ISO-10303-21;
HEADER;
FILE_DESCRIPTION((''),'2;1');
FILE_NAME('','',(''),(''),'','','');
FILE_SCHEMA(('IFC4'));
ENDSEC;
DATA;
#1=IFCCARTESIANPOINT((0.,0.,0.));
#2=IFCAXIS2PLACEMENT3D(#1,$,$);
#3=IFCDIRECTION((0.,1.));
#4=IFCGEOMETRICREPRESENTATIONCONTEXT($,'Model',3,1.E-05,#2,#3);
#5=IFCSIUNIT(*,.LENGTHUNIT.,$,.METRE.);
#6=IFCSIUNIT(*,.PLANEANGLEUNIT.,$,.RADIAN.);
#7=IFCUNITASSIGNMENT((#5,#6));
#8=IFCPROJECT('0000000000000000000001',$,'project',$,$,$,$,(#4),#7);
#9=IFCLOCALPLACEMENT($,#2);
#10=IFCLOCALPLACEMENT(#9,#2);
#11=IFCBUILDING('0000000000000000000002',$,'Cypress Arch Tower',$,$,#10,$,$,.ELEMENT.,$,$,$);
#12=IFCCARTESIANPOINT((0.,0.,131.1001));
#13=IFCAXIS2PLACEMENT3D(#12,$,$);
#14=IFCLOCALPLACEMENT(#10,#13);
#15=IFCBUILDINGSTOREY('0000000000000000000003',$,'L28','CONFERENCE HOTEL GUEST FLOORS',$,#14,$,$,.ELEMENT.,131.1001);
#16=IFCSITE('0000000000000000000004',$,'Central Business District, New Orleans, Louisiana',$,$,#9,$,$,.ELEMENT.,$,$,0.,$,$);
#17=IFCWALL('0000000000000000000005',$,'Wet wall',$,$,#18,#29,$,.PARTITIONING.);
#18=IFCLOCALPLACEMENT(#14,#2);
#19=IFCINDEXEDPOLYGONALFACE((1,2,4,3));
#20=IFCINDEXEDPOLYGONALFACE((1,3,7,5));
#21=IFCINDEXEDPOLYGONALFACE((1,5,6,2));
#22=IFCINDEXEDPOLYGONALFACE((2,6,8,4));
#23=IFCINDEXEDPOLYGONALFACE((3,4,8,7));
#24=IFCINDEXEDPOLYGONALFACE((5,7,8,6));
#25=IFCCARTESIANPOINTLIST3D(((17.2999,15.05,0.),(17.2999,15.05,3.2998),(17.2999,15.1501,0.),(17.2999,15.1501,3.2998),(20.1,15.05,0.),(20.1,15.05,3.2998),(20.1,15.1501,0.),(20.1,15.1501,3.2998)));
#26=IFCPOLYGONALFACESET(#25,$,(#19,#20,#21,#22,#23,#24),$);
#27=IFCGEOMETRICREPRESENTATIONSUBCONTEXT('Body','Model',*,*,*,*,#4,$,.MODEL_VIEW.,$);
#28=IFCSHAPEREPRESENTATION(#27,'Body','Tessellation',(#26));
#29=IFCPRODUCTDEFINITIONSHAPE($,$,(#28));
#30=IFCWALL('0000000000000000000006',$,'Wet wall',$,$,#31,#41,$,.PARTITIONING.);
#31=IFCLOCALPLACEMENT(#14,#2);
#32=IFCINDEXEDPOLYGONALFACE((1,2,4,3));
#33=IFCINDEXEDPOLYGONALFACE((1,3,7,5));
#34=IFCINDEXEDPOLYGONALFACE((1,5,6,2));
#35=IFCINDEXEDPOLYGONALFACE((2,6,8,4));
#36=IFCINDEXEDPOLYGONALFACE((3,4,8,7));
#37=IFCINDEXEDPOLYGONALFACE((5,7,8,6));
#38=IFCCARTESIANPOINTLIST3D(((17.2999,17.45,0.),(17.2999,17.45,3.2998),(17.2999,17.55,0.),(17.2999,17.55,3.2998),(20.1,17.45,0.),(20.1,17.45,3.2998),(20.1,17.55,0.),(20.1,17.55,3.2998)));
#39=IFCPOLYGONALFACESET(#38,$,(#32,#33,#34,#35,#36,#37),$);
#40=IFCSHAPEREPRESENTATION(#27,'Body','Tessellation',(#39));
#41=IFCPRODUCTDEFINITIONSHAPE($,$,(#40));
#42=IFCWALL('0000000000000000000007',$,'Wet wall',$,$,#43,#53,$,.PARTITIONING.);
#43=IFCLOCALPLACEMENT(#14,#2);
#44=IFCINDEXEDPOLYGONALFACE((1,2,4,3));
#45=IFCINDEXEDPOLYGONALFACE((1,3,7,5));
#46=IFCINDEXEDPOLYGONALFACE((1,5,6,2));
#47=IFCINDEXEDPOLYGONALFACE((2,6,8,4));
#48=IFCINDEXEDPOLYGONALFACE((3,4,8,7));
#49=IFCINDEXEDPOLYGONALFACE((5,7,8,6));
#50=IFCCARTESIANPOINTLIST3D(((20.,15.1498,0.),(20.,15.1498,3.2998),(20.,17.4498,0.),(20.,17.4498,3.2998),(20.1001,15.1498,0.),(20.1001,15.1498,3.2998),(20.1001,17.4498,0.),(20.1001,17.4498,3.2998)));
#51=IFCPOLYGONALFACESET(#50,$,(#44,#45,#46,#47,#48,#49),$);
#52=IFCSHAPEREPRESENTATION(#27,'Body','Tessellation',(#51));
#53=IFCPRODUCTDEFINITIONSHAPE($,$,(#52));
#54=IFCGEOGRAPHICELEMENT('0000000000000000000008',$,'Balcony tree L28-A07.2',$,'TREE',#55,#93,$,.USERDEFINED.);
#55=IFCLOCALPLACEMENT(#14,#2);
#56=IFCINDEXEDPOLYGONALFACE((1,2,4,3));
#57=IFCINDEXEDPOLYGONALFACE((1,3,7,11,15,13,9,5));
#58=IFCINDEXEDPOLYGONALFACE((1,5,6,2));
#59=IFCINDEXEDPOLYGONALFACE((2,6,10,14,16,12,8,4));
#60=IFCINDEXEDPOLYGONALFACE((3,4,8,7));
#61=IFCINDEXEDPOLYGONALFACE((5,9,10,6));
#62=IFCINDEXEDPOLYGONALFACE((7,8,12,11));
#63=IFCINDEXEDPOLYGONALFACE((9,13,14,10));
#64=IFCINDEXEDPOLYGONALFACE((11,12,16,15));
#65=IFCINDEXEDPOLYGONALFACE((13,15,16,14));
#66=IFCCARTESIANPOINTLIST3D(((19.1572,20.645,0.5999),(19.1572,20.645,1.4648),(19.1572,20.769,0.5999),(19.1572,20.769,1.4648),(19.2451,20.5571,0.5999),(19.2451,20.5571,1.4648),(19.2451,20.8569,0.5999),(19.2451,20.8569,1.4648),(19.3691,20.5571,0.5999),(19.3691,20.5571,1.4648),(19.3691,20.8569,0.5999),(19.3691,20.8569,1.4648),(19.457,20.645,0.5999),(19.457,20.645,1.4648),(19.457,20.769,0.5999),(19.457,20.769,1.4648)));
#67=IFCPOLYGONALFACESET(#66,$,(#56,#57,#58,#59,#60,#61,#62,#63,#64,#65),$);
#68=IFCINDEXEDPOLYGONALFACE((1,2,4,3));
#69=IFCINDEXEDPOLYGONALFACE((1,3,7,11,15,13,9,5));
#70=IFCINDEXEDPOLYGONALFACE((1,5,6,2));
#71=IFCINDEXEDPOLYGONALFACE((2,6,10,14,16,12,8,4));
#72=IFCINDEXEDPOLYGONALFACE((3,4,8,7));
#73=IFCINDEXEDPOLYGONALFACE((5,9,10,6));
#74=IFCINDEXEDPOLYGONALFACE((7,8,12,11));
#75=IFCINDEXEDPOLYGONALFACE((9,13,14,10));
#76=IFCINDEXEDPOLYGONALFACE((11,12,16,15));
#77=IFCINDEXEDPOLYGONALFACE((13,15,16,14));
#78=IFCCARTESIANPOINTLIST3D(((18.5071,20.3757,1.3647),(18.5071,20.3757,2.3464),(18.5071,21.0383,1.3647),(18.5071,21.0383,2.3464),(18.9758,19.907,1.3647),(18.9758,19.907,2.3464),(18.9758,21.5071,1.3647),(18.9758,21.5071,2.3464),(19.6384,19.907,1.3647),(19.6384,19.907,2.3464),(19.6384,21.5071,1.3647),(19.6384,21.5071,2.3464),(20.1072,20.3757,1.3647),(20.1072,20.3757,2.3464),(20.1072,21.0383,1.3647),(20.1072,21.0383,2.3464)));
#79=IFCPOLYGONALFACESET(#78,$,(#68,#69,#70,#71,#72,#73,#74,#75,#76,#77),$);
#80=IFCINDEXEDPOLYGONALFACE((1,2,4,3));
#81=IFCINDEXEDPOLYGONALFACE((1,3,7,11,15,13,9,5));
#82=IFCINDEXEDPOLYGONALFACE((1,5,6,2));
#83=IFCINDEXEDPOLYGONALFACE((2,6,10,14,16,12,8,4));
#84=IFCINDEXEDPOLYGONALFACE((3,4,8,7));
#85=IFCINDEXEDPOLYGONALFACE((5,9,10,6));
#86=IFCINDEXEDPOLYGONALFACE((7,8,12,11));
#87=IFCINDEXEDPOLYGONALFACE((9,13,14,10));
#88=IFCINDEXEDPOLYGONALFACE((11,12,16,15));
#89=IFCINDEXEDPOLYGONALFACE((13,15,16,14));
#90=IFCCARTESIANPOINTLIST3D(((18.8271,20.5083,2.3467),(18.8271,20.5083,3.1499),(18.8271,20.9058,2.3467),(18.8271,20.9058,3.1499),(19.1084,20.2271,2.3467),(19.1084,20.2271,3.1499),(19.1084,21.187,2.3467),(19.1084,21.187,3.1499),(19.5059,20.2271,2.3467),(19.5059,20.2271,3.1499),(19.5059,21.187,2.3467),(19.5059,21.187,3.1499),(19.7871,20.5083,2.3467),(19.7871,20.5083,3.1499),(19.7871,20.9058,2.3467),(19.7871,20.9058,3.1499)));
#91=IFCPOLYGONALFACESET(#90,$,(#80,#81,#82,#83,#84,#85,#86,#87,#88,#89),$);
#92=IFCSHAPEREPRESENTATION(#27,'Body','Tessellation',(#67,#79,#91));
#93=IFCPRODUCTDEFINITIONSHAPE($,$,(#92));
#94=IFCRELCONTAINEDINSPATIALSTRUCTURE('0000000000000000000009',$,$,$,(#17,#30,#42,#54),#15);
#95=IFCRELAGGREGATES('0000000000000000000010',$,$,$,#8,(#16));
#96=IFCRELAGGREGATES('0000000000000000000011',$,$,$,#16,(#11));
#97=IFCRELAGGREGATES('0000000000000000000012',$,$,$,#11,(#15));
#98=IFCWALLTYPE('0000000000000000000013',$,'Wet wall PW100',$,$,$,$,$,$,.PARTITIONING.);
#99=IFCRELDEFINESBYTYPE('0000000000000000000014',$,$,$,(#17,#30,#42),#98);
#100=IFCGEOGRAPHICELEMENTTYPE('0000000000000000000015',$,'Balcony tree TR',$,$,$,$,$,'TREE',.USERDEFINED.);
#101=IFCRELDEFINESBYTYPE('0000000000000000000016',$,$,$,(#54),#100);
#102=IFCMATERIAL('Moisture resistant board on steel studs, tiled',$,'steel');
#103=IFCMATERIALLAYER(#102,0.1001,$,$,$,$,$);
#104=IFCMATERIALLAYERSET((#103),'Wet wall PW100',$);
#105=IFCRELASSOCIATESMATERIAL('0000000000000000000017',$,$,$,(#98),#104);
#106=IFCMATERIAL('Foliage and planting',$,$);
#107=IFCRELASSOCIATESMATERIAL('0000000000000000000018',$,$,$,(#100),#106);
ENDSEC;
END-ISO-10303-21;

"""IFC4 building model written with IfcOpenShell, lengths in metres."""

from ifc_helpers import new_model, si_unit, direction, frame, frame_2d, origin, place, context, subcontext, project, spatial, polyline, rectangle, outline, extrude, material, layer, layer_set, type_object, element, save


model = new_model("IFC4")

# Units and contexts
model_context = context("Model", 3, precision=1e-05, world=origin(), true_north=direction((0.0, 1.0)))
body_context = subcontext(model_context, "Body", "Model", "MODEL_VIEW")
ifc_project = project(units=[si_unit("LENGTHUNIT", "METRE"), si_unit("PLANEANGLEUNIT", "RADIAN")], contexts=[model_context])

# Site, building, storey
site_placement = place(None, origin())
site = spatial("IfcSite", under=ifc_project, at=site_placement, Name="Central Business District, New Orleans, Louisiana", CompositionType="ELEMENT", RefElevation=0.0)
building_placement = place(site_placement, origin())
building = spatial("IfcBuilding", under=site, at=building_placement, Name="Cypress Arch Tower", CompositionType="ELEMENT")
storey_placement = place(building_placement, frame((0.0, 0.0, 131.1001)))
storey = spatial("IfcBuildingStorey", under=building, at=storey_placement, Name="L28", Description="CONFERENCE HOTEL GUEST FLOORS", CompositionType="ELEMENT", Elevation=131.1001)

# Shared definitions
ifc_material_1 = material(Name="Moisture resistant board on steel studs, tiled", Category="steel")
ifc_layer_1 = layer(ifc_material_1, 0.1001)
ifc_layer_set_1 = layer_set([ifc_layer_1], Name="Wet wall PW100")
wall_type_1 = type_object("IfcWallType", Name="Wet wall PW100", PredefinedType="PARTITIONING", material=ifc_layer_set_1)

# Walls
for number, where, z_axis, x_axis, name in (
    (1, (17.3, 15.1001, 0.0), (0.0, 0.0, 1.0), (1.0, 0.0, 0.0), "Wet wall"),
    (2, (17.3, 17.5, 0.0), (0.0, 0.0, 1.0), (1.0, 0.0, 0.0), "Wet wall"),
):
    element("IfcWall", number, at=place(storey_placement, frame(where, z_axis=z_axis, x_axis=x_axis)), inside=storey, type_object=wall_type_1, Name=name, PredefinedType="PARTITIONING", context=body_context, shape_type="SweptSolid", body=[
        extrude(rectangle(XDim=2.8, YDim=0.1001, at=frame_2d((1.3999, 0.0))), origin(), (0.0, 0.0, 1.0), 3.2998),
    ])
wall_1_placement = place(storey_placement, frame((20.05, 15.1499, 0.0), z_axis=(0.0, 0.0, 1.0), x_axis=(0.0, 1.0, 0.0)))
element("IfcWall", 3, at=wall_1_placement, inside=storey, type_object=wall_type_1, Name="Wet wall", PredefinedType="PARTITIONING", context=body_context, shape_type="SweptSolid", body=[
    extrude(rectangle(XDim=2.3, YDim=0.1001, at=frame_2d((1.1499, 0.0))), origin(), (0.0, 0.0, 1.0), 3.2998),
])

# Geographic element
ifc_material_2 = material(Name="Foliage and planting")
geographic_element_type = type_object("IfcGeographicElementType", Name="Balcony tree TR", ElementType="TREE", PredefinedType="USERDEFINED", material=ifc_material_2)
geographic_element_placement = place(storey_placement, frame((19.3071, 20.707, 0.5999), z_axis=(0.0, 0.0, 1.0), x_axis=(1.0, 0.0, 0.0)))
element("IfcGeographicElement", 4, at=geographic_element_placement, inside=storey, type_object=geographic_element_type, Name="Balcony tree L28-A07.2", ObjectType="TREE", PredefinedType="USERDEFINED", context=body_context, shape_type="SweptSolid", body=[
    extrude(outline(polyline([(0.1499, 0.062), (0.062, 0.1499), (-0.062, 0.1499), (-0.1499, 0.062), (-0.1499, -0.062), (-0.062, -0.1499), (0.062, -0.1499), (0.1499, -0.062), (0.1499, 0.062)])), origin(), (0.0, 0.0, 1.0), 0.865),
    extrude(outline(polyline([(0.8, 0.3313), (0.3313, 0.8), (-0.3313, 0.8), (-0.8, 0.3313), (-0.8, -0.3313), (-0.3313, -0.8), (0.3313, -0.8), (0.8, -0.3313), (0.8, 0.3313)])), frame((0.0, 0.0, 0.7649)), (0.0, 0.0, 1.0), 0.9817),
    extrude(outline(polyline([(0.48, 0.1987), (0.1987, 0.48), (-0.1987, 0.48), (-0.48, 0.1987), (-0.48, -0.1987), (-0.1987, -0.48), (0.1987, -0.48), (0.48, -0.1987), (0.48, 0.1987)])), frame((0.0, 0.0, 1.7468)), (0.0, 0.0, 1.0), 0.8032),
])

save(model, "model.ifc")
